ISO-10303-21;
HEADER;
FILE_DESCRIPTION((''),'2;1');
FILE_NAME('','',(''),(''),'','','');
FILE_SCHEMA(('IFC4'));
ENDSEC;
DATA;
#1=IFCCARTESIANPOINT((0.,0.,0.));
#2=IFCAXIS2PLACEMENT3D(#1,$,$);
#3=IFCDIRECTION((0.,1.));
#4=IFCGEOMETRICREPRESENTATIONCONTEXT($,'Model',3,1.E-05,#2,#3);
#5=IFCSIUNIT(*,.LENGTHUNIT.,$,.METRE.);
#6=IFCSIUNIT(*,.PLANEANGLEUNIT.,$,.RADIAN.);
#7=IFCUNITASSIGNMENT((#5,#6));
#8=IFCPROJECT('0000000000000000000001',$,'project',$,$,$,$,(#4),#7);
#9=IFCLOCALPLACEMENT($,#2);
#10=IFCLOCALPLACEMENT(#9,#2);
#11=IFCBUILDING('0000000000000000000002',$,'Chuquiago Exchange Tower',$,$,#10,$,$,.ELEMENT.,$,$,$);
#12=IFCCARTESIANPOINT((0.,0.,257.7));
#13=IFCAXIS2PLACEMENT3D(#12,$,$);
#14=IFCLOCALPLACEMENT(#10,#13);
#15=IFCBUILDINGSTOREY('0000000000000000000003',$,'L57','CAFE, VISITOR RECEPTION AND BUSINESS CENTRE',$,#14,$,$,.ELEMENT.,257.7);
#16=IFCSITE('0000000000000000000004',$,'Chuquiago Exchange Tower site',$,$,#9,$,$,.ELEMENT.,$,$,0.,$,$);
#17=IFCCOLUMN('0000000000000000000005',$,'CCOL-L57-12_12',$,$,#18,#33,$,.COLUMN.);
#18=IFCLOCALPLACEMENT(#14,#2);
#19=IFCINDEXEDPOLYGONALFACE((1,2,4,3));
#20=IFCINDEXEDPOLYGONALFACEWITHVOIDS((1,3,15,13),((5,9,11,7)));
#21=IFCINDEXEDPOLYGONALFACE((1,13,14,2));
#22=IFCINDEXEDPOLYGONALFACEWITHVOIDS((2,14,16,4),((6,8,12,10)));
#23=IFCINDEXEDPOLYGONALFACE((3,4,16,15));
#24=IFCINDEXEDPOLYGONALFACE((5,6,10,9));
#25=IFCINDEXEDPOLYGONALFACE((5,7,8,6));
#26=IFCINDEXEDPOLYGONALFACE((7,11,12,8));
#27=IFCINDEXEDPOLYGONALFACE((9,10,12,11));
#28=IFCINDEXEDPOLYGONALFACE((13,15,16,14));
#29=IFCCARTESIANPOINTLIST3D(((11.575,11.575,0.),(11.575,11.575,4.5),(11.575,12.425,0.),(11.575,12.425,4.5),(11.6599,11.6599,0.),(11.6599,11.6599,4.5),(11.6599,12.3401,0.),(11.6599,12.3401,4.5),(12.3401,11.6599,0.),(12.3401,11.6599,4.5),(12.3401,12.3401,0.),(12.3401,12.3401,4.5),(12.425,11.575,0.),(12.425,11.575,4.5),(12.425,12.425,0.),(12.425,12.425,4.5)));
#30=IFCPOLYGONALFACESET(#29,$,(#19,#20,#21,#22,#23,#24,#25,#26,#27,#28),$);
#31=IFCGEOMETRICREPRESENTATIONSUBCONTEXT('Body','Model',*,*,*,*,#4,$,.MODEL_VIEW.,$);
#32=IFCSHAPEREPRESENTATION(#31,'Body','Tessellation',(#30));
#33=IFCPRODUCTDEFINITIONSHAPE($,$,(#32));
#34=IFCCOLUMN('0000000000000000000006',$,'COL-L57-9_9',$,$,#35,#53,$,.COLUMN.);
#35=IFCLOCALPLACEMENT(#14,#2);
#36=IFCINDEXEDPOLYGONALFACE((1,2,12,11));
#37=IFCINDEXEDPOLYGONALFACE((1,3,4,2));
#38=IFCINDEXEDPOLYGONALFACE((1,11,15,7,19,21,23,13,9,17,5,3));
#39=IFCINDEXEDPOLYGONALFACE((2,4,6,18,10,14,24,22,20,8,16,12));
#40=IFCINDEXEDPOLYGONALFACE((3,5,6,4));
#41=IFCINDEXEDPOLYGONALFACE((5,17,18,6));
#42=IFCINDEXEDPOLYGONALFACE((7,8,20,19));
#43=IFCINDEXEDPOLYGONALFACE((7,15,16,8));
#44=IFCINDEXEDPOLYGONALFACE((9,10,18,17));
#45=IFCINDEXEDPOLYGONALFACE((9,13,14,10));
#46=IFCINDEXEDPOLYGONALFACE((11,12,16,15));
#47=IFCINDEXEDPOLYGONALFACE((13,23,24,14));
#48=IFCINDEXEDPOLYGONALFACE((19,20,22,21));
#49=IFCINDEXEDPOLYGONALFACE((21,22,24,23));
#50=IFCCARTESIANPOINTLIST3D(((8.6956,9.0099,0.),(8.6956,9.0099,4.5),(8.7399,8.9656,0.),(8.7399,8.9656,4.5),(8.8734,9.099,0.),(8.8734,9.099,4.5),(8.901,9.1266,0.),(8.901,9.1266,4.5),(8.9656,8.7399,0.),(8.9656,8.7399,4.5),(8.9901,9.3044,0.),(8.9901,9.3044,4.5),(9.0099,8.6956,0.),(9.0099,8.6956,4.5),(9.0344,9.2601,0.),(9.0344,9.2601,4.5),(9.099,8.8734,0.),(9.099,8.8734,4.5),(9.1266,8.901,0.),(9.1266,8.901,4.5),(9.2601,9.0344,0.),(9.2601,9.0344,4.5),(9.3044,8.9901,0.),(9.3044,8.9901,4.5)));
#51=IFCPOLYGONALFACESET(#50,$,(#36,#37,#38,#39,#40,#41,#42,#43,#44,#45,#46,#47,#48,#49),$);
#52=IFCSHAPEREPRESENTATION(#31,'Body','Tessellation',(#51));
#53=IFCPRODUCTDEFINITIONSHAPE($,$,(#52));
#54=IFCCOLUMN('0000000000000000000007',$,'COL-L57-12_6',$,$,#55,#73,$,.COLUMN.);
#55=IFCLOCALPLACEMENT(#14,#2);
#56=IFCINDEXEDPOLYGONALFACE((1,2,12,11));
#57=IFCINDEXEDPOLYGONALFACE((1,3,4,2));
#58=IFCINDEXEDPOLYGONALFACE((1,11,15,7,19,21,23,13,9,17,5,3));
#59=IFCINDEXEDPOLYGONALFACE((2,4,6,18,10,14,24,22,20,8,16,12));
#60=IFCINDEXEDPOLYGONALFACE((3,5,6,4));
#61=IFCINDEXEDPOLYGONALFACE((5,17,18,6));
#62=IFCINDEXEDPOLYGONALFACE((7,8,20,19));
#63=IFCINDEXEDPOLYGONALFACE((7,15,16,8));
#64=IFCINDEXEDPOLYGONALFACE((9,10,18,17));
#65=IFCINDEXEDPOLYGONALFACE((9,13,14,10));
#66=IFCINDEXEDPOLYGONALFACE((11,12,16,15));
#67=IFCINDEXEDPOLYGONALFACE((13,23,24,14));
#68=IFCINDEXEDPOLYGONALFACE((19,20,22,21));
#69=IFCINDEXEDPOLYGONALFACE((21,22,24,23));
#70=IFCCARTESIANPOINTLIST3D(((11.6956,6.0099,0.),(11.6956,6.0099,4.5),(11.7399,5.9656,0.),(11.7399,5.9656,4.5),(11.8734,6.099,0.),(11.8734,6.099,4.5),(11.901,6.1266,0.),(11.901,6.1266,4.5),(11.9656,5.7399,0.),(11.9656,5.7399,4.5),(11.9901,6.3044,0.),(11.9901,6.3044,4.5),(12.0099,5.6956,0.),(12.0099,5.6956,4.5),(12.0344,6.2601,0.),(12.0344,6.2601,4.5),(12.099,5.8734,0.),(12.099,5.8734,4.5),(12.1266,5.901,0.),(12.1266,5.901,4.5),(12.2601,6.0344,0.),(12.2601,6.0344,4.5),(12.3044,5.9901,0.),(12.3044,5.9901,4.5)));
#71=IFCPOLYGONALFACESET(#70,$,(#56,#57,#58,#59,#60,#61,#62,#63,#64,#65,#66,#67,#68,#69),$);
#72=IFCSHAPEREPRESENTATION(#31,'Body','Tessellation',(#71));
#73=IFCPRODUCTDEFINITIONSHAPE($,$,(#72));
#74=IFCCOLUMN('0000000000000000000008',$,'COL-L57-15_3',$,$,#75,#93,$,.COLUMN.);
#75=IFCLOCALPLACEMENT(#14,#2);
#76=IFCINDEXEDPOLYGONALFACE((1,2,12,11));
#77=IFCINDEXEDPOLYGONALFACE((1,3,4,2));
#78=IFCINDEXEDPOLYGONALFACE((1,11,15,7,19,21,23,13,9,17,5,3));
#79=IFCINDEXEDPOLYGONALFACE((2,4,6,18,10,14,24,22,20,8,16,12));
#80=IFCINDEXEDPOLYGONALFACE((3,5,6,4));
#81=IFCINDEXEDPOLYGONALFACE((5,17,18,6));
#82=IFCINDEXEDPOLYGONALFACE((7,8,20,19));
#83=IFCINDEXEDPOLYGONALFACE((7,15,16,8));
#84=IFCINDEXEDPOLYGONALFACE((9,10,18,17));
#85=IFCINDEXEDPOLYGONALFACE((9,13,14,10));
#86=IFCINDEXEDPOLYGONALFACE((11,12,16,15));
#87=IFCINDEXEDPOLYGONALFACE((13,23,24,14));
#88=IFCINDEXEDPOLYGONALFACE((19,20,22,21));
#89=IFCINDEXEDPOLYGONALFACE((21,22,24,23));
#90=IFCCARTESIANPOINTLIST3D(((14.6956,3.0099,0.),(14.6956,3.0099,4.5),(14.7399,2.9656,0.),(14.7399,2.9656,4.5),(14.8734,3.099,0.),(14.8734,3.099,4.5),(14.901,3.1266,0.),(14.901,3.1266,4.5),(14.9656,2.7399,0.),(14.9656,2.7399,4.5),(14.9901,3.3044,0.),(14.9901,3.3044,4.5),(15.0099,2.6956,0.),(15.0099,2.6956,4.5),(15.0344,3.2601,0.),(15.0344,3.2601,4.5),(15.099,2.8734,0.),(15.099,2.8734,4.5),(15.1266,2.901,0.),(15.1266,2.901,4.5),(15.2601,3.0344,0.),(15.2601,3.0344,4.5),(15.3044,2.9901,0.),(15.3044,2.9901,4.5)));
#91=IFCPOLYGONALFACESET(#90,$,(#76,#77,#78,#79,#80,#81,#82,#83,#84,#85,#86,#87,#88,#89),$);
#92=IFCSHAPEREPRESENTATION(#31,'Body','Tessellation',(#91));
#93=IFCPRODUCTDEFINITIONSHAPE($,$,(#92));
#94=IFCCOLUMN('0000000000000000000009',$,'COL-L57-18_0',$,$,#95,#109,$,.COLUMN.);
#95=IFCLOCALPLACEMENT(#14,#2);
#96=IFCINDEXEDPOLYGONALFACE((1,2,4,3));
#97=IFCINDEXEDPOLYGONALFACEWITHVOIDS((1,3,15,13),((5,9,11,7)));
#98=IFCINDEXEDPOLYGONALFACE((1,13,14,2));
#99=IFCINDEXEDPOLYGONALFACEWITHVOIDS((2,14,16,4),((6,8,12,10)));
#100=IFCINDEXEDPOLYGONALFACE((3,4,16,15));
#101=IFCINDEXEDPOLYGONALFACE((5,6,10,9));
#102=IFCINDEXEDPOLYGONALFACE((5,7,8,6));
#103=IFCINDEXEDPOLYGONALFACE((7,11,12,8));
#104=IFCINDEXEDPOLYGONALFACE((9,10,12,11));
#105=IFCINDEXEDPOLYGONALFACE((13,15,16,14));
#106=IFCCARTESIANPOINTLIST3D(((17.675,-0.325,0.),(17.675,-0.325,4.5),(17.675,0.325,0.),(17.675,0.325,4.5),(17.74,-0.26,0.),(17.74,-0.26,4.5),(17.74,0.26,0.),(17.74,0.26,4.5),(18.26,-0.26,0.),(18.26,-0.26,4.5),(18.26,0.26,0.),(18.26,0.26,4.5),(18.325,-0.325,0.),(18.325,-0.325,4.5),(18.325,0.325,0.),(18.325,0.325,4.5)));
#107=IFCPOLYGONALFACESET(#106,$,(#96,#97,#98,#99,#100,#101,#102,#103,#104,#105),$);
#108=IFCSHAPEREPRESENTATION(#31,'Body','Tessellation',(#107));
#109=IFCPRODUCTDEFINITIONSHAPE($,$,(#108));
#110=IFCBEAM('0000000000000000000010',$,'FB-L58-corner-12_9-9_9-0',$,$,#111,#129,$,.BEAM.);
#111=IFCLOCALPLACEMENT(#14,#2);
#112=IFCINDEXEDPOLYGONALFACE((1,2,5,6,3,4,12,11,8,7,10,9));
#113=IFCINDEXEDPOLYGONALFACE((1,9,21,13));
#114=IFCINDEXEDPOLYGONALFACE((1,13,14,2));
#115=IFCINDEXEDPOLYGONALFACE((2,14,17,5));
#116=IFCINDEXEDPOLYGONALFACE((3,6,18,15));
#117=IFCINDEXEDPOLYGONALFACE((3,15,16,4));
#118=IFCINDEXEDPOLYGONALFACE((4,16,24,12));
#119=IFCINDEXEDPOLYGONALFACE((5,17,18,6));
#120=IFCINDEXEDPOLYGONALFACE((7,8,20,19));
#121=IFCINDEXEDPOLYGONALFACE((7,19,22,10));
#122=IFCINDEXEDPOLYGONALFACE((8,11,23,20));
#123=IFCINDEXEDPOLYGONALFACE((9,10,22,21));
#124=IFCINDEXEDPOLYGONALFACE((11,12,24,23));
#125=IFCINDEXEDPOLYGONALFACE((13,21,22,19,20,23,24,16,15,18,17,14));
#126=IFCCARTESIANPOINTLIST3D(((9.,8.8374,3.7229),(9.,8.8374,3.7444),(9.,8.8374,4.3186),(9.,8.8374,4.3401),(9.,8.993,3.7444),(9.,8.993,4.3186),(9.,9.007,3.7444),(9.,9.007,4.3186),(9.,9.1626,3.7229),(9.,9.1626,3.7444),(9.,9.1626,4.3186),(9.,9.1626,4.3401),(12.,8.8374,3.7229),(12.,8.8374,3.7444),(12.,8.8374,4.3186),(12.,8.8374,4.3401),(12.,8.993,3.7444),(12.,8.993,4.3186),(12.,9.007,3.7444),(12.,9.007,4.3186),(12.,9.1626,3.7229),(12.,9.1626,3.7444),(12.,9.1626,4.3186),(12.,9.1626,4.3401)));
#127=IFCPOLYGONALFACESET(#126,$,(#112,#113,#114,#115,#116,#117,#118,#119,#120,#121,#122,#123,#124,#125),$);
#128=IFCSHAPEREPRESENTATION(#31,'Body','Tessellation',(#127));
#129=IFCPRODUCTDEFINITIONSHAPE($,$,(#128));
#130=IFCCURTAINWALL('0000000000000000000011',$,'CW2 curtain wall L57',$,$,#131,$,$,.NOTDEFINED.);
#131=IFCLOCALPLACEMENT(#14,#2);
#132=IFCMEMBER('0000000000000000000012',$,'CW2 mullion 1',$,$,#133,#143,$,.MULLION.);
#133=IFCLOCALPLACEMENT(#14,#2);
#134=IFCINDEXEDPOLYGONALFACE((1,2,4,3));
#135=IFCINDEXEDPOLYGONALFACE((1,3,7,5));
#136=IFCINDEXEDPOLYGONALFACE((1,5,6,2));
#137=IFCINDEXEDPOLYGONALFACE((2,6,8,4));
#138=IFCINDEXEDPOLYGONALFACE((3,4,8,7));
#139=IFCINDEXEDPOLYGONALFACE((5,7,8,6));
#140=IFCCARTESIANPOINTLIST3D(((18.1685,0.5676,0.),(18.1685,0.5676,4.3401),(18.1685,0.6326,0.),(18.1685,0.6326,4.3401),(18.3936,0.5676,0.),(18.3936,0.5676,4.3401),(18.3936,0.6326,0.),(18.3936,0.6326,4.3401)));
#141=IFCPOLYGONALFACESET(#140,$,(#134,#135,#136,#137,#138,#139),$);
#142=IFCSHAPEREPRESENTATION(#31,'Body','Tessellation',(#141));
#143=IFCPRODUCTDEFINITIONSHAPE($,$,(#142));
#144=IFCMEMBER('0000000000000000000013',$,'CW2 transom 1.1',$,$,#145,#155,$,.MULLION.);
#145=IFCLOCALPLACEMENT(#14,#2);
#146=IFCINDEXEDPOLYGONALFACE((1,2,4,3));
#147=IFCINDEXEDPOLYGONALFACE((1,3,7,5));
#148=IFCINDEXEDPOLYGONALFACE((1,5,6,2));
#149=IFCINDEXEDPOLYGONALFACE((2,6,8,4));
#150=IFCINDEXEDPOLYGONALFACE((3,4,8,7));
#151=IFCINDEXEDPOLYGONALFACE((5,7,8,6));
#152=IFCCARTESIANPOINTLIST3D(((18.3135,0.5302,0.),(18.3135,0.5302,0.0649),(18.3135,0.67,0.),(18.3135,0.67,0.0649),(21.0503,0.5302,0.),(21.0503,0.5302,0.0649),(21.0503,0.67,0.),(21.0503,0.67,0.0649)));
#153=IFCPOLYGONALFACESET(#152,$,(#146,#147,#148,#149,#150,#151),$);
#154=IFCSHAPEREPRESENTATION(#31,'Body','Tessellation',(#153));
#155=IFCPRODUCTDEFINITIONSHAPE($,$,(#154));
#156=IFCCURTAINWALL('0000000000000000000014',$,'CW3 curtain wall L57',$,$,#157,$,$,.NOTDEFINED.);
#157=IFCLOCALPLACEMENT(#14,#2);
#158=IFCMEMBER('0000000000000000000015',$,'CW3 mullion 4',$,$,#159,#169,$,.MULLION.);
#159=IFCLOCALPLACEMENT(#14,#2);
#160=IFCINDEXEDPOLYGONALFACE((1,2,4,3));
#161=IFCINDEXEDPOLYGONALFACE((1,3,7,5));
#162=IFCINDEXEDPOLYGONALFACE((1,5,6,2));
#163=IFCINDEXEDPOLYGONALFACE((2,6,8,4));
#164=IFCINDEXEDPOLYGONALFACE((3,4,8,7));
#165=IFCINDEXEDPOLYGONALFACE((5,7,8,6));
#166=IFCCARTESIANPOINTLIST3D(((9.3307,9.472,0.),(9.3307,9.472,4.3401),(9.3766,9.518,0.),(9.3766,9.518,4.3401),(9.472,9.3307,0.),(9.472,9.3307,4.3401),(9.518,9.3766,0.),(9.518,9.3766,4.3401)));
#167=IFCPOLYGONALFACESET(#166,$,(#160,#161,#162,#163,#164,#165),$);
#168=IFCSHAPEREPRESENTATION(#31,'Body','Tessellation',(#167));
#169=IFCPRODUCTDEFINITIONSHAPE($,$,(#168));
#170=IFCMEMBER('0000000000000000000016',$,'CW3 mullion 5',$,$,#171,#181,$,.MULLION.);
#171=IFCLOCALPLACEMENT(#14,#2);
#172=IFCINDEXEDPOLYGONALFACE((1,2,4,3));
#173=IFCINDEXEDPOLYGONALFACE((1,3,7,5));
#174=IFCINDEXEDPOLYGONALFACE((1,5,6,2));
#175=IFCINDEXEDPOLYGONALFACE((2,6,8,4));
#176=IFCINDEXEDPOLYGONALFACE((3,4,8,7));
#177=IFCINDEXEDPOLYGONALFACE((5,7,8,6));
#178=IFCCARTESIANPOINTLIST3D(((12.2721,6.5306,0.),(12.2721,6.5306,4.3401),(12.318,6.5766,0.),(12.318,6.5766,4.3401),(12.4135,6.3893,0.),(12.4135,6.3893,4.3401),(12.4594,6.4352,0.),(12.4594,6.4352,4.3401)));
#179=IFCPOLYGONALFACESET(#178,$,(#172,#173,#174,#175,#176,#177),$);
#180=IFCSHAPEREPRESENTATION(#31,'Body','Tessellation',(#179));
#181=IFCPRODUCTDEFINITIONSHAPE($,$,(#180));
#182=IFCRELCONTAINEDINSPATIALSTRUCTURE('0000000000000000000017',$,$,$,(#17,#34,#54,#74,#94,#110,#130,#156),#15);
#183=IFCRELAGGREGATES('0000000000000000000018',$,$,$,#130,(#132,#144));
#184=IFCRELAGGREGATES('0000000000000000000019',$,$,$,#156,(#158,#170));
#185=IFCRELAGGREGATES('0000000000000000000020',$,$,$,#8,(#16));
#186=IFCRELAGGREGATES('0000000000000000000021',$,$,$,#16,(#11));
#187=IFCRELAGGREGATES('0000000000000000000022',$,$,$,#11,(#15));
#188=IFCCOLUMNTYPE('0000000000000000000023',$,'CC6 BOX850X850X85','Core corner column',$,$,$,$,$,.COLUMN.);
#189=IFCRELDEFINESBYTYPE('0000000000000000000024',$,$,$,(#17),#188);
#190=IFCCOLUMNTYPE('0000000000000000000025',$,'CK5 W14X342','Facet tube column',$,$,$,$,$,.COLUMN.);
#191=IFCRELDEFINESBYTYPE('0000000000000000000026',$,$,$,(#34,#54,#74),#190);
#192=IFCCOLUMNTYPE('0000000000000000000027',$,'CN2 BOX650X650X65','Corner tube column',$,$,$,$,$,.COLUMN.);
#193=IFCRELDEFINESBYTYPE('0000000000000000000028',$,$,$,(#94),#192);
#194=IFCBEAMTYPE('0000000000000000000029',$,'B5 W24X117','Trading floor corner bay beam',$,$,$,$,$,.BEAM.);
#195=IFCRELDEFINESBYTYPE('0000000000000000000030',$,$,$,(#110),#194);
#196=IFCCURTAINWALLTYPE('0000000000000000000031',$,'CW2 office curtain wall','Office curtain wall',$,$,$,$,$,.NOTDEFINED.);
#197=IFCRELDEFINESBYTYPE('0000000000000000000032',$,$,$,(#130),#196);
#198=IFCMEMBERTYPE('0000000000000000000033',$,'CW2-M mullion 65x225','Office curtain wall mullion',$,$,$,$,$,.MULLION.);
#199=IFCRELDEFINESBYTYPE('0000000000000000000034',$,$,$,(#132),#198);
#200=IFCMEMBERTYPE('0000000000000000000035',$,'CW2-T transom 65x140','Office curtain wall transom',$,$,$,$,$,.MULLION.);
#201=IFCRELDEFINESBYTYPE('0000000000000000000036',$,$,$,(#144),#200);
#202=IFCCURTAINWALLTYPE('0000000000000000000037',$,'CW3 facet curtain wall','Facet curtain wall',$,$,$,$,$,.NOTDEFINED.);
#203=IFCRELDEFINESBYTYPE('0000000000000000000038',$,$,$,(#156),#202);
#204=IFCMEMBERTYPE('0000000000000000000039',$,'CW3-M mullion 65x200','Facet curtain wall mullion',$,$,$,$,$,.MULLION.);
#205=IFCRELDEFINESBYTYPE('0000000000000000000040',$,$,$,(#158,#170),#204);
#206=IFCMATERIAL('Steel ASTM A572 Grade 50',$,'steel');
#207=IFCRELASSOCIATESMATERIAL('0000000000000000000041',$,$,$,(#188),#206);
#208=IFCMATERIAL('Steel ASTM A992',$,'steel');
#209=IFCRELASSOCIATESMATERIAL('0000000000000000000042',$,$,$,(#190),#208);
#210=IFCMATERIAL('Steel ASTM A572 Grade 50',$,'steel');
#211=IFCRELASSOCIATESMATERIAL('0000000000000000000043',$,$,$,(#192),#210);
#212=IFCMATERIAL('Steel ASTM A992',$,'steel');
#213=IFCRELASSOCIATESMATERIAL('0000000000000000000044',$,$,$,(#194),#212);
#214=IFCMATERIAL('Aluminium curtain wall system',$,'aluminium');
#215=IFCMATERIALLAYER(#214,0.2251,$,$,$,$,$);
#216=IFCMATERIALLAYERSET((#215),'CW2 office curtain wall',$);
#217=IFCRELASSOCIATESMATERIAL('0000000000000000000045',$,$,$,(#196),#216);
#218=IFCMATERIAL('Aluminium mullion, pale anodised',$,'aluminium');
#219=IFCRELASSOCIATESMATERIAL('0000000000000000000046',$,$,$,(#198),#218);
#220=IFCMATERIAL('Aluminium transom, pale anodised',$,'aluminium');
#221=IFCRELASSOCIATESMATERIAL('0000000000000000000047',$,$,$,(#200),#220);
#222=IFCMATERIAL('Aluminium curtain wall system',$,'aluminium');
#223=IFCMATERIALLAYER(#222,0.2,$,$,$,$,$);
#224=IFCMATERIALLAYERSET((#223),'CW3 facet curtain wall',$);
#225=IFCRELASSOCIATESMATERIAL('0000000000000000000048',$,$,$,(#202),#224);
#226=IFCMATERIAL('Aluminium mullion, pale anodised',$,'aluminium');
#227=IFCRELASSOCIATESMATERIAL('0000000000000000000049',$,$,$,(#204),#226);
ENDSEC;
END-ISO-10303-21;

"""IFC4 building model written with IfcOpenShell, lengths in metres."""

from ifc_helpers import new_model, si_unit, direction, frame, origin, origin_2d, place, context, subcontext, project, spatial, rectangle, hollow_rectangle, i_section, extrude, material, layer, layer_set, material_profile, profile_set, type_object, element, aggregate, save


model = new_model("IFC4")

# Units and contexts
model_context = context("Model", 3, precision=1e-05, world=origin(), true_north=direction((0.0, 1.0)))
body_context = subcontext(model_context, "Body", "Model", "MODEL_VIEW")
ifc_project = project(units=[si_unit("LENGTHUNIT", "METRE"), si_unit("PLANEANGLEUNIT", "RADIAN")], contexts=[model_context])

# Site, building, storey
site_placement = place(None, origin())
site = spatial("IfcSite", under=ifc_project, at=site_placement, Name="Chuquiago Exchange Tower site", CompositionType="ELEMENT", RefElevation=0.0)
building_placement = place(site_placement, origin())
building = spatial("IfcBuilding", under=site, at=building_placement, Name="Chuquiago Exchange Tower", CompositionType="ELEMENT")
storey_placement = place(building_placement, frame((0.0, 0.0, 257.7)))
storey = spatial("IfcBuildingStorey", under=building, at=storey_placement, Name="L57", Description="CAFE, VISITOR RECEPTION AND BUSINESS CENTRE", CompositionType="ELEMENT", Elevation=257.7)

# Columns
ifc_material_1 = material(Name="Steel ASTM A572 Grade 50", Category="steel")
ifc_material_profile_1 = material_profile(ifc_material_1, hollow_rectangle(XDim=0.8501, YDim=0.8501, WallThickness=0.085, at=origin_2d()), Name="BOX850X850X85")
ifc_profile_set_1 = profile_set([ifc_material_profile_1], Name="Steel ASTM A572 Grade 50")
column_type_1 = type_object("IfcColumnType", Name="CC6 BOX850X850X85", Description="Core corner column", PredefinedType="COLUMN", material=ifc_profile_set_1)
column_1_placement = place(storey_placement, frame((12.0, 12.0, 0.0), z_axis=(0.0, 0.0, 1.0), x_axis=(1.0, 0.0, 0.0)))
element("IfcColumn", 1, at=column_1_placement, inside=storey, type_object=column_type_1, Name="CCOL-L57-12_12", PredefinedType="COLUMN", context=body_context, shape_type="SweptSolid", body=[
    extrude(hollow_rectangle(XDim=0.8501, YDim=0.8501, WallThickness=0.085, at=origin_2d()), origin(), (0.0, 0.0, 1.0), 4.5),
])
ifc_material_2 = material(Name="Steel ASTM A992", Category="steel")
ifc_material_profile_2 = material_profile(ifc_material_2, i_section(OverallWidth=0.4165, OverallDepth=0.4446, WebThickness=0.0391, FlangeThickness=0.0627, at=origin_2d()), Name="W14X342")
ifc_profile_set_2 = profile_set([ifc_material_profile_2], Name="Steel ASTM A992")
column_type_2 = type_object("IfcColumnType", Name="CK5 W14X342", Description="Facet tube column", PredefinedType="COLUMN", material=ifc_profile_set_2)
for number, where, z_axis, x_axis, name in (
    (2, (9.0, 9.0, 0.0), (0.0, 0.0, 1.0), (-0.707107, -0.707107, 0.0), "COL-L57-9_9"),
    (3, (12.0, 6.0, 0.0), (0.0, 0.0, 1.0), (-0.707107, -0.707107, 0.0), "COL-L57-12_6"),
    (4, (15.0, 3.0, 0.0), (0.0, 0.0, 1.0), (-0.707107, -0.707107, 0.0), "COL-L57-15_3"),
):
    element("IfcColumn", number, at=place(storey_placement, frame(where, z_axis=z_axis, x_axis=x_axis)), inside=storey, type_object=column_type_2, Name=name, PredefinedType="COLUMN", context=body_context, shape_type="SweptSolid", body=[
        extrude(i_section(OverallWidth=0.4165, OverallDepth=0.4446, WebThickness=0.0391, FlangeThickness=0.0627, at=origin_2d()), origin(), (0.0, 0.0, 1.0), 4.5),
    ])
ifc_material_3 = material(Name="Steel ASTM A572 Grade 50", Category="steel")
ifc_material_profile_3 = material_profile(ifc_material_3, hollow_rectangle(XDim=0.6499, YDim=0.6499, WallThickness=0.0649, at=origin_2d()), Name="BOX650X650X65")
ifc_profile_set_3 = profile_set([ifc_material_profile_3], Name="Steel ASTM A572 Grade 50")
column_type_3 = type_object("IfcColumnType", Name="CN2 BOX650X650X65", Description="Corner tube column", PredefinedType="COLUMN", material=ifc_profile_set_3)
column_2_placement = place(storey_placement, frame((18.0, 0.0, 0.0), z_axis=(0.0, 0.0, 1.0), x_axis=(0.0, -1.0, 0.0)))
element("IfcColumn", 5, at=column_2_placement, inside=storey, type_object=column_type_3, Name="COL-L57-18_0", PredefinedType="COLUMN", context=body_context, shape_type="SweptSolid", body=[
    extrude(hollow_rectangle(XDim=0.6499, YDim=0.6499, WallThickness=0.0649, at=origin_2d()), origin(), (0.0, 0.0, 1.0), 4.5),
])

# Beam
ifc_material_4 = material(Name="Steel ASTM A992", Category="steel")
ifc_material_profile_4 = material_profile(ifc_material_4, i_section(OverallWidth=0.3252, OverallDepth=0.6172, WebThickness=0.0139, FlangeThickness=0.0215, at=origin_2d()), Name="W24X117")
ifc_profile_set_4 = profile_set([ifc_material_profile_4], Name="Steel ASTM A992")
beam_type_1 = type_object("IfcBeamType", Name="B5 W24X117", Description="Trading floor corner bay beam", PredefinedType="BEAM", material=ifc_profile_set_4)
beam_1_placement = place(storey_placement, frame((12.0, 9.0, 4.0315), z_axis=(-1.0, 0.0, 0.0), x_axis=(0.0, -1.0, 0.0)))
element("IfcBeam", 6, at=beam_1_placement, inside=storey, type_object=beam_type_1, Name="FB-L58-corner-12_9-9_9-0", PredefinedType="BEAM", context=body_context, shape_type="SweptSolid", body=[
    extrude(i_section(OverallWidth=0.3252, OverallDepth=0.6172, WebThickness=0.0139, FlangeThickness=0.0215, at=origin_2d()), origin(), (0.0, 0.0, 1.0), 3.0),
])

# Curtain walls, members
ifc_material_5 = material(Name="Aluminium curtain wall system", Category="aluminium")
ifc_layer_1 = layer(ifc_material_5, 0.2251)
ifc_layer_set_1 = layer_set([ifc_layer_1], Name="CW2 office curtain wall")
curtain_wall_type_1 = type_object("IfcCurtainWallType", Name="CW2 office curtain wall", Description="Office curtain wall", PredefinedType="NOTDEFINED", material=ifc_layer_set_1)
curtain_wall_1_placement = place(storey_placement, origin())
curtain_wall_1 = element("IfcCurtainWall", 7, at=curtain_wall_1_placement, inside=storey, type_object=curtain_wall_type_1, Name="CW2 curtain wall L57", PredefinedType="NOTDEFINED")
ifc_material_6 = material(Name="Aluminium mullion, pale anodised", Category="aluminium")
ifc_material_profile_5 = material_profile(ifc_material_6, rectangle(XDim=0.0649, YDim=0.2251, at=origin_2d()), Name="AL 65x225")
ifc_profile_set_5 = profile_set([ifc_material_profile_5], Name="Aluminium mullion, pale anodised")
member_type_1 = type_object("IfcMemberType", Name="CW2-M mullion 65x225", Description="Office curtain wall mullion", PredefinedType="MULLION", material=ifc_profile_set_5)
member_1_placement = place(storey_placement, frame((18.281, 0.6001, 0.0), z_axis=(0.0, 0.0, 1.0), x_axis=(0.0, 1.0, 0.0)))
member_1 = element("IfcMember", 8, at=member_1_placement, type_object=member_type_1, Name="CW2 mullion 1", PredefinedType="MULLION", context=body_context, shape_type="SweptSolid", body=[
    extrude(rectangle(XDim=0.0649, YDim=0.2251, at=origin_2d()), origin(), (0.0, 0.0, 1.0), 4.3401),
])
ifc_material_7 = material(Name="Aluminium transom, pale anodised", Category="aluminium")
ifc_material_profile_6 = material_profile(ifc_material_7, rectangle(XDim=0.1399, YDim=0.0649, at=origin_2d()), Name="AL 140x65")
ifc_profile_set_6 = profile_set([ifc_material_profile_6], Name="Aluminium transom, pale anodised")
member_type_2 = type_object("IfcMemberType", Name="CW2-T transom 65x140", Description="Office curtain wall transom", PredefinedType="MULLION", material=ifc_profile_set_6)
member_2_placement = place(storey_placement, frame((18.3135, 0.6001, 0.0325), z_axis=(1.0, 0.0, 0.0), x_axis=(0.0, 1.0, 0.0)))
member_2 = element("IfcMember", 9, at=member_2_placement, type_object=member_type_2, Name="CW2 transom 1.1", PredefinedType="MULLION", context=body_context, shape_type="SweptSolid", body=[
    extrude(rectangle(XDim=0.1399, YDim=0.0649, at=origin_2d()), origin(), (0.0, 0.0, 1.0), 2.7368),
])
aggregate(curtain_wall_1, [member_1, member_2])
ifc_material_8 = material(Name="Aluminium curtain wall system", Category="aluminium")
ifc_layer_2 = layer(ifc_material_8, 0.2)
ifc_layer_set_2 = layer_set([ifc_layer_2], Name="CW3 facet curtain wall")
curtain_wall_type_2 = type_object("IfcCurtainWallType", Name="CW3 facet curtain wall", Description="Facet curtain wall", PredefinedType="NOTDEFINED", material=ifc_layer_set_2)
curtain_wall_2_placement = place(storey_placement, origin())
curtain_wall_2 = element("IfcCurtainWall", 10, at=curtain_wall_2_placement, inside=storey, type_object=curtain_wall_type_2, Name="CW3 curtain wall L57", PredefinedType="NOTDEFINED")
ifc_material_9 = material(Name="Aluminium mullion, pale anodised", Category="aluminium")
ifc_material_profile_7 = material_profile(ifc_material_9, rectangle(XDim=0.0649, YDim=0.2, at=origin_2d()), Name="AL 65x200")
ifc_profile_set_7 = profile_set([ifc_material_profile_7], Name="Aluminium mullion, pale anodised")
member_type_3 = type_object("IfcMemberType", Name="CW3-M mullion 65x200", Description="Facet curtain wall mullion", PredefinedType="MULLION", material=ifc_profile_set_7)
member_3_placement = place(storey_placement, frame((9.4243, 9.4243, 0.0), z_axis=(0.0, 0.0, 1.0), x_axis=(0.707107, 0.707107, 0.0)))
member_3 = element("IfcMember", 11, at=member_3_placement, type_object=member_type_3, Name="CW3 mullion 4", PredefinedType="MULLION", context=body_context, shape_type="SweptSolid", body=[
    extrude(rectangle(XDim=0.0649, YDim=0.2, at=origin_2d()), origin(), (0.0, 0.0, 1.0), 4.3401),
])
member_4_placement = place(storey_placement, frame((12.3657, 6.4829, 0.0), z_axis=(0.0, 0.0, 1.0), x_axis=(0.707107, 0.707107, 0.0)))
member_4 = element("IfcMember", 12, at=member_4_placement, type_object=member_type_3, Name="CW3 mullion 5", PredefinedType="MULLION", context=body_context, shape_type="SweptSolid", body=[
    extrude(rectangle(XDim=0.0649, YDim=0.2, at=origin_2d()), origin(), (0.0, 0.0, 1.0), 4.3401),
])

aggregate(curtain_wall_2, [member_3, member_4])

save(model, "model.ifc")
